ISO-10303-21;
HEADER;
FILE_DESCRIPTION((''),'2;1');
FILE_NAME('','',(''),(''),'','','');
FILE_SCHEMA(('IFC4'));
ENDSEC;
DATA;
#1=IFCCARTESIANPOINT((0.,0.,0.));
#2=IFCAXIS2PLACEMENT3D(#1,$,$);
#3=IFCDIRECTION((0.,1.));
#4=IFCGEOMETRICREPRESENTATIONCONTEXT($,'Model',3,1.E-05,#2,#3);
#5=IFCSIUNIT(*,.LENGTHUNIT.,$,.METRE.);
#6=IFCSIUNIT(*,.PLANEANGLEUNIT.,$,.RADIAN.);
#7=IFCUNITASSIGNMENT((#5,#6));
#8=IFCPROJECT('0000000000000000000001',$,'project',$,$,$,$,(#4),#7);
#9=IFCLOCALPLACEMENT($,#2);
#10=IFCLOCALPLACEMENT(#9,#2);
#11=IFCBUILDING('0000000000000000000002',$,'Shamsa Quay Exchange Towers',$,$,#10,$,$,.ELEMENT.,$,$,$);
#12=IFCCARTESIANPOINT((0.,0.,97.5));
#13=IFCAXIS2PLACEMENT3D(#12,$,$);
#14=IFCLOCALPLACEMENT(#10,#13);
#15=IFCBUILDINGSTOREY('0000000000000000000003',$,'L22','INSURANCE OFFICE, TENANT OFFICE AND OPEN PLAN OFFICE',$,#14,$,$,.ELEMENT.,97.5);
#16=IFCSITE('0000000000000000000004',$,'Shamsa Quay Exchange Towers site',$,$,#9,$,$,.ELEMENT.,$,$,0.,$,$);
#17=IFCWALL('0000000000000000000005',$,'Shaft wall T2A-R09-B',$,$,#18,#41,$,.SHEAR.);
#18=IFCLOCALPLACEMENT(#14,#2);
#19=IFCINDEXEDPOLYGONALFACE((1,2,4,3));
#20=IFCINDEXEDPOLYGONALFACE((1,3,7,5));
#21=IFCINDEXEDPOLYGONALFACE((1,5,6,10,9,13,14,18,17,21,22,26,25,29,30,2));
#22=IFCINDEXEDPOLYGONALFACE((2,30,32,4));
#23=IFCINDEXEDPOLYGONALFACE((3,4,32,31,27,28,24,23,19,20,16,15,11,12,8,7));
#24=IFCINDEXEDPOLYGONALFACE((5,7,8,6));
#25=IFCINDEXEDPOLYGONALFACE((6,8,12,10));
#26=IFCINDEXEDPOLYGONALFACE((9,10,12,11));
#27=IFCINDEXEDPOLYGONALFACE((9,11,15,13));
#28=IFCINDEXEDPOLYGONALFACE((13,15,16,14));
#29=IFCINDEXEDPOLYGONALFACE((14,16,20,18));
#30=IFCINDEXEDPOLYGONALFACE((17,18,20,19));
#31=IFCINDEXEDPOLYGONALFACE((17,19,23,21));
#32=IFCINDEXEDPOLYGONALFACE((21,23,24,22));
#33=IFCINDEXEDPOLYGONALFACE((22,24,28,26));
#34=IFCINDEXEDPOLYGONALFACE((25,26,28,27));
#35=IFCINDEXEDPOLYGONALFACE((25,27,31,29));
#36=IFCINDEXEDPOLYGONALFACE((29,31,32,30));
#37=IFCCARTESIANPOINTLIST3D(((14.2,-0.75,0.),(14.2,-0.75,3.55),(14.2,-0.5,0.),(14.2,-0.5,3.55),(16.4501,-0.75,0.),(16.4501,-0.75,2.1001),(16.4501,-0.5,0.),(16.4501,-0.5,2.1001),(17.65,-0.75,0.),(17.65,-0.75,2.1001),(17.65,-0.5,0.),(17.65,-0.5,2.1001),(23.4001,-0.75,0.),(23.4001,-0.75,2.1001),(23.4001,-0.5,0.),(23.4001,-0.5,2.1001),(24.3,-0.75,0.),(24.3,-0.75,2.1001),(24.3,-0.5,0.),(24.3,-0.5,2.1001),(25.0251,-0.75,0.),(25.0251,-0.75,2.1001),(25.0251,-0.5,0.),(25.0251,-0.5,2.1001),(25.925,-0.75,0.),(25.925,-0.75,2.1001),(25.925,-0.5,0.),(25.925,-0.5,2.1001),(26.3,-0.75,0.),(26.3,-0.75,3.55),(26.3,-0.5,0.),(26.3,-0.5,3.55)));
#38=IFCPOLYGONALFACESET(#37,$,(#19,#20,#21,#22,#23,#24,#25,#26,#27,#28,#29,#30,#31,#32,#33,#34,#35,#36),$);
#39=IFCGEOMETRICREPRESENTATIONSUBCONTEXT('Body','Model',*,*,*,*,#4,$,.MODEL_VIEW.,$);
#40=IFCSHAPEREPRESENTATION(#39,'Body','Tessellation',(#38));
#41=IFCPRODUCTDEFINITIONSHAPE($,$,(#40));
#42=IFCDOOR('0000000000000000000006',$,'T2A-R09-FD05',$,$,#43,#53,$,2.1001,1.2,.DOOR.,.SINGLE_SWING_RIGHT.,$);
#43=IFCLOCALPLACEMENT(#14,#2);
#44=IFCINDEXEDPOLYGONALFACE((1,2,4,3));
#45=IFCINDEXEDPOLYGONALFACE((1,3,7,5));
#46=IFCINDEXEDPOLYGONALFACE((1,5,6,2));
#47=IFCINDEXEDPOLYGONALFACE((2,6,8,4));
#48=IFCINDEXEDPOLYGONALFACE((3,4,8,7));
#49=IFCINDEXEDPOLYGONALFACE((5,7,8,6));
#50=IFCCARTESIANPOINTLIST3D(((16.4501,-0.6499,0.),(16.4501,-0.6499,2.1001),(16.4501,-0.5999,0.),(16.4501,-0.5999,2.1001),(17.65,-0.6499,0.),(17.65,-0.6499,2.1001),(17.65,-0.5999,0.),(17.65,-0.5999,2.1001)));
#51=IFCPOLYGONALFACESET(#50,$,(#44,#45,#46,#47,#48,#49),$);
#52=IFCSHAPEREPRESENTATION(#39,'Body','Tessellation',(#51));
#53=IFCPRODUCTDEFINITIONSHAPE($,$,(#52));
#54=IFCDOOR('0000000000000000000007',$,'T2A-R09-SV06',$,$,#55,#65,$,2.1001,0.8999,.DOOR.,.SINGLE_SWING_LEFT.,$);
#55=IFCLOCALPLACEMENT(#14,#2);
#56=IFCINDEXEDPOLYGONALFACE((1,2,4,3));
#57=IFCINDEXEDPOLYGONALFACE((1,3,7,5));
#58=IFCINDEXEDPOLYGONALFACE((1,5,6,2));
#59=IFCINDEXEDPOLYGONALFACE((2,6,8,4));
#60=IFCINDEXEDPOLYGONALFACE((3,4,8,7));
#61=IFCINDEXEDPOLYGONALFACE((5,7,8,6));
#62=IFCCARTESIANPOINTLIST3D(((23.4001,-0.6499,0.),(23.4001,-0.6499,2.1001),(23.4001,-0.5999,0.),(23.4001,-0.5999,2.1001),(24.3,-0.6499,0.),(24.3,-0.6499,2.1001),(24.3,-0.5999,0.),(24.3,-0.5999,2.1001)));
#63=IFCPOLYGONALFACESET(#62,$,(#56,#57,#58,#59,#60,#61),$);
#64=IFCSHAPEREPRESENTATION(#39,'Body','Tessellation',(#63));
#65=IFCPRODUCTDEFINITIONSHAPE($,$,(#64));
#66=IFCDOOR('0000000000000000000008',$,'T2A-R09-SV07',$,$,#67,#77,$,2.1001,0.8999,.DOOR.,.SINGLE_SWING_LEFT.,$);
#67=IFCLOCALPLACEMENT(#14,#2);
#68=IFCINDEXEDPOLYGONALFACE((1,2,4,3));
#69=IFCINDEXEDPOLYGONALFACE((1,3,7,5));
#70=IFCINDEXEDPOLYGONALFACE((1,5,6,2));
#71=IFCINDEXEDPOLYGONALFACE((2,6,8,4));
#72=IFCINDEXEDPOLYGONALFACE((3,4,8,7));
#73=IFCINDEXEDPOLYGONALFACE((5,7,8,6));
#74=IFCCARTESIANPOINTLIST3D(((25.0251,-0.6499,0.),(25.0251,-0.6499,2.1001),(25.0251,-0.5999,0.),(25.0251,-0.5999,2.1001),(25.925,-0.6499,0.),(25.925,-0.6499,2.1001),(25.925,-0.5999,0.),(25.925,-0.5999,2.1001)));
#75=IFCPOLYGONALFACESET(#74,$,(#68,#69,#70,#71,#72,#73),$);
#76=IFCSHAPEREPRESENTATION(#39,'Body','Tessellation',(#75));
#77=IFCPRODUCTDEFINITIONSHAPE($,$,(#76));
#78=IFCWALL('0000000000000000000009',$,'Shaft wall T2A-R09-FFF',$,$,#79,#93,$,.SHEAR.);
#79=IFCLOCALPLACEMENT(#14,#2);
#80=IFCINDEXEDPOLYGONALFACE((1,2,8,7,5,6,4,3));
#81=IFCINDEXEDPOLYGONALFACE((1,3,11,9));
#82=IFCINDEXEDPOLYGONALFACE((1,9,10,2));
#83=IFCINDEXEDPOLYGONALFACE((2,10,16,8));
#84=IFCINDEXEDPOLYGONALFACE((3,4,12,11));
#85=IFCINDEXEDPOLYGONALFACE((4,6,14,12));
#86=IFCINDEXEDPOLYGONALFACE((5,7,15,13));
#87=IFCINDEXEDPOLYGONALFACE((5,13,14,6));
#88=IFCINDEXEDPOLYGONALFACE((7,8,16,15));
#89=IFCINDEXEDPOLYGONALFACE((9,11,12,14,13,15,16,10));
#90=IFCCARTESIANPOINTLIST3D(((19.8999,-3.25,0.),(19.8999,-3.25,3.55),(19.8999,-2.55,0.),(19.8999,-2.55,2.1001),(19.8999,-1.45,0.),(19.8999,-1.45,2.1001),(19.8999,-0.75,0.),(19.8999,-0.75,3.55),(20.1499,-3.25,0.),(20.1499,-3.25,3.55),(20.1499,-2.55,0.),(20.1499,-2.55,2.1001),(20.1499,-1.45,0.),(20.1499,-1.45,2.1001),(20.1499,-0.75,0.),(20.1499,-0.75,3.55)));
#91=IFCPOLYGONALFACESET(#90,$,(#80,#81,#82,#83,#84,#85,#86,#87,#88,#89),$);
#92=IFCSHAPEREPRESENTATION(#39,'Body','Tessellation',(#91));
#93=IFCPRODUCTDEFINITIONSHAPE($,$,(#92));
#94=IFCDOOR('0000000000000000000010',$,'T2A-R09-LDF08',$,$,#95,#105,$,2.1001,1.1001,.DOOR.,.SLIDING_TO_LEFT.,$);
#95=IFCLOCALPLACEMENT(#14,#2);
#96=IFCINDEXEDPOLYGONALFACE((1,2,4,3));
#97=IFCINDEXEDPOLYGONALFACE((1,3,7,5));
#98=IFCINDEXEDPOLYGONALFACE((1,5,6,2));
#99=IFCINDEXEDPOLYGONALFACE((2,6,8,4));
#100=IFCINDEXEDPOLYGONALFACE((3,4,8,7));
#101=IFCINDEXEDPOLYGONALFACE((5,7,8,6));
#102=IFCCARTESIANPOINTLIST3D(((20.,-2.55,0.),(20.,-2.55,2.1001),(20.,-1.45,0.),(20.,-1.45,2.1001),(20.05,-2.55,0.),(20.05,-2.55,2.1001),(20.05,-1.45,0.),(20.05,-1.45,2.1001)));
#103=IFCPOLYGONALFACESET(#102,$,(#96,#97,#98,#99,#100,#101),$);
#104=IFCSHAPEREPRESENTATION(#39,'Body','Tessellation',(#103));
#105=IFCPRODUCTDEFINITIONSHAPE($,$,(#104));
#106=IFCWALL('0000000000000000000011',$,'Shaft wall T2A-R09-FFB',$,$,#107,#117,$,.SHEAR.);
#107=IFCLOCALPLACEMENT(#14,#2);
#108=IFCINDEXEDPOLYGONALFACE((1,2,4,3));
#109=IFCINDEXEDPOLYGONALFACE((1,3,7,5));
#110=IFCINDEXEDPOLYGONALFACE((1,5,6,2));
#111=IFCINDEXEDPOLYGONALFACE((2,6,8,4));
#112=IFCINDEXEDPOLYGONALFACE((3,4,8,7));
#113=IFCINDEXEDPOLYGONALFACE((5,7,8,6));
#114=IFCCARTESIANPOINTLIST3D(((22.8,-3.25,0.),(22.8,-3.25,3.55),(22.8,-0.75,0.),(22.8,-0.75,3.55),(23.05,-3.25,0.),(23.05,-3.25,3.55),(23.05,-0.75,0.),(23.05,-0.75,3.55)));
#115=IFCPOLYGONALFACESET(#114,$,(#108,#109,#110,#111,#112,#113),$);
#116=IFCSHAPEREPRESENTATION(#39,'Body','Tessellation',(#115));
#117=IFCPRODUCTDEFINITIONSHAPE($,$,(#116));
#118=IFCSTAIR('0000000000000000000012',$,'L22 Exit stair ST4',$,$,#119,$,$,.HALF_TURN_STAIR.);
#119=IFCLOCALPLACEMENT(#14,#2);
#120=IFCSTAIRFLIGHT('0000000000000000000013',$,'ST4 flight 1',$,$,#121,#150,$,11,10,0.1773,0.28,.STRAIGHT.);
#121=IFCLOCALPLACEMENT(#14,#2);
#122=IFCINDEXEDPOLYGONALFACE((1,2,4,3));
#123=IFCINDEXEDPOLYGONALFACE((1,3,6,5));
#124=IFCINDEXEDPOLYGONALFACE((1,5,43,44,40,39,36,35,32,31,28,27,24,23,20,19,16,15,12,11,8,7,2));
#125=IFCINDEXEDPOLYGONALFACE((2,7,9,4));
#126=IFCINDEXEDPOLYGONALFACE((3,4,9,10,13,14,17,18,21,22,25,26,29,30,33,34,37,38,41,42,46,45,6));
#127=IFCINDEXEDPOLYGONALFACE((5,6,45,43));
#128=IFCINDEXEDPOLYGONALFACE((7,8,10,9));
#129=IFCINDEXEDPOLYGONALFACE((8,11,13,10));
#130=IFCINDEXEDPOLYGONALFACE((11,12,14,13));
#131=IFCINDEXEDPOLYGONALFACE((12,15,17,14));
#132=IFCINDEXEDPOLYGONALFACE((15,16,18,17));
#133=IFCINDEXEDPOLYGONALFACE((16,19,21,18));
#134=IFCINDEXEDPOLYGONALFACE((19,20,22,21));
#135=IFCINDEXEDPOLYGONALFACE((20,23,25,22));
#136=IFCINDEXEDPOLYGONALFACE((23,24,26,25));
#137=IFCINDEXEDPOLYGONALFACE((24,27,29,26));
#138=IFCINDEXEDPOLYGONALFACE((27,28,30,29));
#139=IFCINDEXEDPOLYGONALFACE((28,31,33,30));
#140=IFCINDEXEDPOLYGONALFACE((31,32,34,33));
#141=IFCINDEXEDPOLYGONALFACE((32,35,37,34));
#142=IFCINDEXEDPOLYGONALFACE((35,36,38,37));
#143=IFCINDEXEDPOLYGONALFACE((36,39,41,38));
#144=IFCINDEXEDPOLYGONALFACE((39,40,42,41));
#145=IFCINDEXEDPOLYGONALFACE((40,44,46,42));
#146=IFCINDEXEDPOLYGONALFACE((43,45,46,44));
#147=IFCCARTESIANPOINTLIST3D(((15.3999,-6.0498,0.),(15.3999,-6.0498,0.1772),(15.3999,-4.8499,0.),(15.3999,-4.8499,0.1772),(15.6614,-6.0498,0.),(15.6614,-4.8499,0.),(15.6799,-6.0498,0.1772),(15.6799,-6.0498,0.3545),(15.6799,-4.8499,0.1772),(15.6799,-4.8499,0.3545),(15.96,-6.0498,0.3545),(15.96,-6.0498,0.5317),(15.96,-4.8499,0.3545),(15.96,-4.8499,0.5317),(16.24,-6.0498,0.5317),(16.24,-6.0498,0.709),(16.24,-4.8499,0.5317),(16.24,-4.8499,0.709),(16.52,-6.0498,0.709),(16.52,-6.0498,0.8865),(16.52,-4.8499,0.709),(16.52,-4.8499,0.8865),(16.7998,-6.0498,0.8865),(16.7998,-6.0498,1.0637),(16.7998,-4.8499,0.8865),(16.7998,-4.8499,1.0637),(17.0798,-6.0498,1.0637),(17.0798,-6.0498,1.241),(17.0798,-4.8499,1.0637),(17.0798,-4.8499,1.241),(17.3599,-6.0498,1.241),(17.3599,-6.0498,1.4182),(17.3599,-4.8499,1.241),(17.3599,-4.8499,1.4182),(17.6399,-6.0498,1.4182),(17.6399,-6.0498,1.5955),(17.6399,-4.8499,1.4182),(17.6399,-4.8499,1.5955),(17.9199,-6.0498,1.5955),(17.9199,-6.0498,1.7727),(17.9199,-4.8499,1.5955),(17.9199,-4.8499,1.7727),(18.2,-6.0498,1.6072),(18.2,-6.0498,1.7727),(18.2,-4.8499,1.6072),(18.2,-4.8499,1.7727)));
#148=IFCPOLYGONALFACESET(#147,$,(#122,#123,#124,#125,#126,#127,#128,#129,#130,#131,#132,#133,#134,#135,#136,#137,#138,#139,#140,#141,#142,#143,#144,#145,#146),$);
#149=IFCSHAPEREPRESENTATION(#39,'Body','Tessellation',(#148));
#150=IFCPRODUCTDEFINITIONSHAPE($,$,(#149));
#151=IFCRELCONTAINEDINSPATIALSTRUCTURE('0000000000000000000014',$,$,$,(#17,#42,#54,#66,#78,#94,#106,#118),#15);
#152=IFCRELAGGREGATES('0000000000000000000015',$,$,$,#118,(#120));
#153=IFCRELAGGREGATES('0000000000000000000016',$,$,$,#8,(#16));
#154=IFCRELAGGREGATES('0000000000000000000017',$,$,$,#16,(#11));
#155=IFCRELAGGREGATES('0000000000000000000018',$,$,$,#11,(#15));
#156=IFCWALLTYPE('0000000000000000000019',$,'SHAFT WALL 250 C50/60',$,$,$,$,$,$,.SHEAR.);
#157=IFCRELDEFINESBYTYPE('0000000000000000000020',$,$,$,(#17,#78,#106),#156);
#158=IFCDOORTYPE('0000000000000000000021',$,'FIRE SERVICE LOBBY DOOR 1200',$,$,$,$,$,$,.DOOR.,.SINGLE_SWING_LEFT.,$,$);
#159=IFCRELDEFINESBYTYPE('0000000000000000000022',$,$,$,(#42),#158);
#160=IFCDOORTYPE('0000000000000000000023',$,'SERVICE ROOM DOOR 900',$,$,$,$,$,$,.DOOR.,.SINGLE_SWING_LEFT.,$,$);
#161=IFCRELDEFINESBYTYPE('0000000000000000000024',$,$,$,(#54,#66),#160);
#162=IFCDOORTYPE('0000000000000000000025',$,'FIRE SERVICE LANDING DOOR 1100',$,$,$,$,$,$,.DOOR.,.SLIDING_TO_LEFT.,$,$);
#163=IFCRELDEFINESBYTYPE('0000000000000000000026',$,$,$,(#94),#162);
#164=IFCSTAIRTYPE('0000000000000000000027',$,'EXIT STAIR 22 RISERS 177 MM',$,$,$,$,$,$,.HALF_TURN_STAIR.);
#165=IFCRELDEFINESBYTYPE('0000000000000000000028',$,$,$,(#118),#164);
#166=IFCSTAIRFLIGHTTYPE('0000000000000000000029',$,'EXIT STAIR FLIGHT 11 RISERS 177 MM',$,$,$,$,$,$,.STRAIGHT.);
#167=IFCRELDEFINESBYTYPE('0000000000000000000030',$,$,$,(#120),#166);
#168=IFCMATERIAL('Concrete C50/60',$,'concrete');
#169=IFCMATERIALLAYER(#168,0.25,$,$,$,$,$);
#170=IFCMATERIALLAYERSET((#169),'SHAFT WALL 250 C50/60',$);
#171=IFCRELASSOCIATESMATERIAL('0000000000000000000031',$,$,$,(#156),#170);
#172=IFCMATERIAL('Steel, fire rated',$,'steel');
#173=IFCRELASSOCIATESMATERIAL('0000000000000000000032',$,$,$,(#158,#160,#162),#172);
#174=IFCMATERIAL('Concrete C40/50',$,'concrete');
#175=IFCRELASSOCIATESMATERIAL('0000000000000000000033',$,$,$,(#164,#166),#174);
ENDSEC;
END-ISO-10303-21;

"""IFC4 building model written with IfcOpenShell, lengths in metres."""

from ifc_helpers import new_model, si_unit, direction, frame, frame_2d, origin, place, context, subcontext, project, spatial, polyline, rectangle, outline, extrude, material, layer, layer_set, type_object, element, fill, aggregate, save


model = new_model("IFC4")

# Units and contexts
model_context = context("Model", 3, precision=1e-05, world=origin(), true_north=direction((0.0, 1.0)))
body_context = subcontext(model_context, "Body", "Model", "MODEL_VIEW")
ifc_project = project(units=[si_unit("LENGTHUNIT", "METRE"), si_unit("PLANEANGLEUNIT", "RADIAN")], contexts=[model_context])

# Site, building, storey
site_placement = place(None, origin())
site = spatial("IfcSite", under=ifc_project, at=site_placement, Name="Shamsa Quay Exchange Towers site", CompositionType="ELEMENT", RefElevation=0.0)
building_placement = place(site_placement, origin())
building = spatial("IfcBuilding", under=site, at=building_placement, Name="Shamsa Quay Exchange Towers", CompositionType="ELEMENT")
storey_placement = place(building_placement, frame((0.0, 0.0, 97.5)))
storey = spatial("IfcBuildingStorey", under=building, at=storey_placement, Name="L22", Description="INSURANCE OFFICE, TENANT OFFICE AND OPEN PLAN OFFICE", CompositionType="ELEMENT", Elevation=97.5)

# Shared definitions
ifc_material_1 = material(Name="Concrete C50/60", Category="concrete")
ifc_layer_1 = layer(ifc_material_1, 0.25)
ifc_layer_set_1 = layer_set([ifc_layer_1], Name="SHAFT WALL 250 C50/60")
wall_type_1 = type_object("IfcWallType", Name="SHAFT WALL 250 C50/60", PredefinedType="SHEAR", material=ifc_layer_set_1)
ifc_material_2 = material(Name="Steel, fire rated", Category="steel")

# Wall, openings, doors
wall_1_placement = place(storey_placement, frame((26.3, -0.625, 0.0), z_axis=(0.0, 0.0, 1.0), x_axis=(-1.0, 0.0, 0.0)))
wall_1 = element("IfcWall", 1, at=wall_1_placement, inside=storey, type_object=wall_type_1, Name="Shaft wall T2A-R09-B", PredefinedType="SHEAR", context=body_context, shape_type="SweptSolid", body=[
    extrude(rectangle(XDim=12.1001, YDim=0.25, at=frame_2d((6.05, 0.0))), origin(), (0.0, 0.0, 1.0), 3.55),
])
opening_1_placement = place(wall_1_placement, frame((8.6499, 0.0, 0.0)))
opening_1 = element("IfcOpeningElement", 2, at=opening_1_placement, cuts=wall_1, PredefinedType="OPENING", context=body_context, shape_type="SweptSolid", body=[
    extrude(rectangle(XDim=1.2, YDim=2.1001, at=frame_2d((0.6001, 1.05))), frame((0.0, 0.135, 0.0), z_axis=(0.0, -1.0, 0.0), x_axis=(1.0, 0.0, 0.0)), (0.0, 0.0, 1.0), 0.27),
])
opening_2_placement = place(wall_1_placement, frame((2.0, 0.0, 0.0)))
opening_2 = element("IfcOpeningElement", 3, at=opening_2_placement, cuts=wall_1, PredefinedType="OPENING", context=body_context, shape_type="SweptSolid", body=[
    extrude(rectangle(XDim=0.8999, YDim=2.1001, at=frame_2d((0.45, 1.05))), frame((0.0, 0.135, 0.0), z_axis=(0.0, -1.0, 0.0), x_axis=(1.0, 0.0, 0.0)), (0.0, 0.0, 1.0), 0.27),
])
opening_3_placement = place(wall_1_placement, frame((0.375, 0.0, 0.0)))
opening_3 = element("IfcOpeningElement", 4, at=opening_3_placement, cuts=wall_1, PredefinedType="OPENING", context=body_context, shape_type="SweptSolid", body=[
    extrude(rectangle(XDim=0.8999, YDim=2.1001, at=frame_2d((0.45, 1.05))), frame((0.0, 0.135, 0.0), z_axis=(0.0, -1.0, 0.0), x_axis=(1.0, 0.0, 0.0)), (0.0, 0.0, 1.0), 0.27),
])
door_type_1 = type_object("IfcDoorType", Name="FIRE SERVICE LOBBY DOOR 1200", OperationType="SINGLE_SWING_LEFT", PredefinedType="DOOR", material=ifc_material_2)
door_1_placement = place(opening_1_placement, origin())
door_1 = element("IfcDoor", 5, at=door_1_placement, inside=storey, type_object=door_type_1, Name="T2A-R09-FD05", OperationType="SINGLE_SWING_RIGHT", OverallHeight=2.1001, OverallWidth=1.2, PredefinedType="DOOR", context=body_context, shape_type="SweptSolid", body=[
    extrude(rectangle(XDim=1.2, YDim=2.1001, at=frame_2d((0.6001, 1.05))), frame((0.0, 0.0249, 0.0), z_axis=(0.0, -1.0, 0.0), x_axis=(1.0, 0.0, 0.0)), (0.0, 0.0, 1.0), 0.05),
])
fill(opening_1, door_1)
door_type_2 = type_object("IfcDoorType", Name="SERVICE ROOM DOOR 900", OperationType="SINGLE_SWING_LEFT", PredefinedType="DOOR", material=ifc_material_2)
door_2_placement = place(opening_2_placement, origin())
door_2 = element("IfcDoor", 6, at=door_2_placement, inside=storey, type_object=door_type_2, Name="T2A-R09-SV06", OperationType="SINGLE_SWING_LEFT", OverallHeight=2.1001, OverallWidth=0.8999, PredefinedType="DOOR", context=body_context, shape_type="SweptSolid", body=[
    extrude(rectangle(XDim=0.8999, YDim=2.1001, at=frame_2d((0.45, 1.05))), frame((0.0, 0.0249, 0.0), z_axis=(0.0, -1.0, 0.0), x_axis=(1.0, 0.0, 0.0)), (0.0, 0.0, 1.0), 0.05),
])
fill(opening_2, door_2)
door_3_placement = place(opening_3_placement, origin())
door_3 = element("IfcDoor", 7, at=door_3_placement, inside=storey, type_object=door_type_2, Name="T2A-R09-SV07", OperationType="SINGLE_SWING_LEFT", OverallHeight=2.1001, OverallWidth=0.8999, PredefinedType="DOOR", context=body_context, shape_type="SweptSolid", body=[
    extrude(rectangle(XDim=0.8999, YDim=2.1001, at=frame_2d((0.45, 1.05))), frame((0.0, 0.0249, 0.0), z_axis=(0.0, -1.0, 0.0), x_axis=(1.0, 0.0, 0.0)), (0.0, 0.0, 1.0), 0.05),
])
fill(opening_3, door_3)

# Wall, opening, door
wall_2_placement = place(storey_placement, frame((20.0249, -3.25, 0.0), z_axis=(0.0, 0.0, 1.0), x_axis=(0.0, 1.0, 0.0)))
wall_2 = element("IfcWall", 8, at=wall_2_placement, inside=storey, type_object=wall_type_1, Name="Shaft wall T2A-R09-FFF", PredefinedType="SHEAR", context=body_context, shape_type="SweptSolid", body=[
    extrude(rectangle(XDim=2.5, YDim=0.25, at=frame_2d((1.25, 0.0))), origin(), (0.0, 0.0, 1.0), 3.55),
])
opening_4_placement = place(wall_2_placement, frame((0.7, 0.0, 0.0)))
opening_4 = element("IfcOpeningElement", 9, at=opening_4_placement, cuts=wall_2, PredefinedType="OPENING", context=body_context, shape_type="SweptSolid", body=[
    extrude(rectangle(XDim=1.1001, YDim=2.1001, at=frame_2d((0.55, 1.05))), frame((0.0, 0.135, 0.0), z_axis=(0.0, -1.0, 0.0), x_axis=(1.0, 0.0, 0.0)), (0.0, 0.0, 1.0), 0.27),
])
door_type_3 = type_object("IfcDoorType", Name="FIRE SERVICE LANDING DOOR 1100", OperationType="SLIDING_TO_LEFT", PredefinedType="DOOR", material=ifc_material_2)
door_4_placement = place(opening_4_placement, origin())
door_4 = element("IfcDoor", 10, at=door_4_placement, inside=storey, type_object=door_type_3, Name="T2A-R09-LDF08", OperationType="SLIDING_TO_LEFT", OverallHeight=2.1001, OverallWidth=1.1001, PredefinedType="DOOR", context=body_context, shape_type="SweptSolid", body=[
    extrude(rectangle(XDim=1.1001, YDim=2.1001, at=frame_2d((0.55, 1.05))), frame((0.0, 0.0249, 0.0), z_axis=(0.0, -1.0, 0.0), x_axis=(1.0, 0.0, 0.0)), (0.0, 0.0, 1.0), 0.05),
])
fill(opening_4, door_4)

# Wall
wall_3_placement = place(storey_placement, frame((22.925, -3.25, 0.0), z_axis=(0.0, 0.0, 1.0), x_axis=(0.0, 1.0, 0.0)))
element("IfcWall", 11, at=wall_3_placement, inside=storey, type_object=wall_type_1, Name="Shaft wall T2A-R09-FFB", PredefinedType="SHEAR", context=body_context, shape_type="SweptSolid", body=[
    extrude(rectangle(XDim=2.5, YDim=0.25, at=frame_2d((1.25, 0.0))), origin(), (0.0, 0.0, 1.0), 3.55),
])

# Stair, stair flight
ifc_material_3 = material(Name="Concrete C40/50", Category="concrete")
stair_type = type_object("IfcStairType", Name="EXIT STAIR 22 RISERS 177 MM", PredefinedType="HALF_TURN_STAIR", material=ifc_material_3)
stair_placement = place(storey_placement, origin())
stair = element("IfcStair", 12, at=stair_placement, inside=storey, type_object=stair_type, Name="L22 Exit stair ST4", PredefinedType="HALF_TURN_STAIR")
stair_flight_type = type_object("IfcStairFlightType", Name="EXIT STAIR FLIGHT 11 RISERS 177 MM", PredefinedType="STRAIGHT", material=ifc_material_3)
stair_flight_1_placement = place(storey_placement, frame((15.3999, -5.45, 0.0)))
stair_flight_1 = element("IfcStairFlight", 13, at=stair_flight_1_placement, type_object=stair_flight_type, Name="ST4 flight 1", NumberOfRisers=11, NumberOfTreads=10, PredefinedType="STRAIGHT", RiserHeight=0.1773, TreadLength=0.28, context=body_context, shape_type="SweptSolid", body=[
    extrude(outline(polyline([(0.0, 0.0), (0.0, 0.1772), (0.28, 0.1772), (0.28, 0.3545), (0.5601, 0.3545), (0.5601, 0.5317), (0.8401, 0.5317), (0.8401, 0.709), (1.1201, 0.709), (1.1201, 0.8865), (1.3999, 0.8865), (1.3999, 1.0637), (1.6799, 1.0637), (1.6799, 1.241), (1.96, 1.241), (1.96, 1.4182), (2.24, 1.4182), (2.24, 1.5955), (2.52, 1.5955), (2.52, 1.7727), (2.8, 1.7727), (2.8, 1.95), (2.8, 1.6072), (0.2615, 0.0), (0.0, 0.0)])), frame((0.0, 0.6001, 0.0), z_axis=(0.0, -1.0, 0.0), x_axis=(1.0, 0.0, 0.0)), (0.0, 0.0, 1.0), 1.2),
])
aggregate(stair, [stair_flight_1])

save(model, "model.ifc")
